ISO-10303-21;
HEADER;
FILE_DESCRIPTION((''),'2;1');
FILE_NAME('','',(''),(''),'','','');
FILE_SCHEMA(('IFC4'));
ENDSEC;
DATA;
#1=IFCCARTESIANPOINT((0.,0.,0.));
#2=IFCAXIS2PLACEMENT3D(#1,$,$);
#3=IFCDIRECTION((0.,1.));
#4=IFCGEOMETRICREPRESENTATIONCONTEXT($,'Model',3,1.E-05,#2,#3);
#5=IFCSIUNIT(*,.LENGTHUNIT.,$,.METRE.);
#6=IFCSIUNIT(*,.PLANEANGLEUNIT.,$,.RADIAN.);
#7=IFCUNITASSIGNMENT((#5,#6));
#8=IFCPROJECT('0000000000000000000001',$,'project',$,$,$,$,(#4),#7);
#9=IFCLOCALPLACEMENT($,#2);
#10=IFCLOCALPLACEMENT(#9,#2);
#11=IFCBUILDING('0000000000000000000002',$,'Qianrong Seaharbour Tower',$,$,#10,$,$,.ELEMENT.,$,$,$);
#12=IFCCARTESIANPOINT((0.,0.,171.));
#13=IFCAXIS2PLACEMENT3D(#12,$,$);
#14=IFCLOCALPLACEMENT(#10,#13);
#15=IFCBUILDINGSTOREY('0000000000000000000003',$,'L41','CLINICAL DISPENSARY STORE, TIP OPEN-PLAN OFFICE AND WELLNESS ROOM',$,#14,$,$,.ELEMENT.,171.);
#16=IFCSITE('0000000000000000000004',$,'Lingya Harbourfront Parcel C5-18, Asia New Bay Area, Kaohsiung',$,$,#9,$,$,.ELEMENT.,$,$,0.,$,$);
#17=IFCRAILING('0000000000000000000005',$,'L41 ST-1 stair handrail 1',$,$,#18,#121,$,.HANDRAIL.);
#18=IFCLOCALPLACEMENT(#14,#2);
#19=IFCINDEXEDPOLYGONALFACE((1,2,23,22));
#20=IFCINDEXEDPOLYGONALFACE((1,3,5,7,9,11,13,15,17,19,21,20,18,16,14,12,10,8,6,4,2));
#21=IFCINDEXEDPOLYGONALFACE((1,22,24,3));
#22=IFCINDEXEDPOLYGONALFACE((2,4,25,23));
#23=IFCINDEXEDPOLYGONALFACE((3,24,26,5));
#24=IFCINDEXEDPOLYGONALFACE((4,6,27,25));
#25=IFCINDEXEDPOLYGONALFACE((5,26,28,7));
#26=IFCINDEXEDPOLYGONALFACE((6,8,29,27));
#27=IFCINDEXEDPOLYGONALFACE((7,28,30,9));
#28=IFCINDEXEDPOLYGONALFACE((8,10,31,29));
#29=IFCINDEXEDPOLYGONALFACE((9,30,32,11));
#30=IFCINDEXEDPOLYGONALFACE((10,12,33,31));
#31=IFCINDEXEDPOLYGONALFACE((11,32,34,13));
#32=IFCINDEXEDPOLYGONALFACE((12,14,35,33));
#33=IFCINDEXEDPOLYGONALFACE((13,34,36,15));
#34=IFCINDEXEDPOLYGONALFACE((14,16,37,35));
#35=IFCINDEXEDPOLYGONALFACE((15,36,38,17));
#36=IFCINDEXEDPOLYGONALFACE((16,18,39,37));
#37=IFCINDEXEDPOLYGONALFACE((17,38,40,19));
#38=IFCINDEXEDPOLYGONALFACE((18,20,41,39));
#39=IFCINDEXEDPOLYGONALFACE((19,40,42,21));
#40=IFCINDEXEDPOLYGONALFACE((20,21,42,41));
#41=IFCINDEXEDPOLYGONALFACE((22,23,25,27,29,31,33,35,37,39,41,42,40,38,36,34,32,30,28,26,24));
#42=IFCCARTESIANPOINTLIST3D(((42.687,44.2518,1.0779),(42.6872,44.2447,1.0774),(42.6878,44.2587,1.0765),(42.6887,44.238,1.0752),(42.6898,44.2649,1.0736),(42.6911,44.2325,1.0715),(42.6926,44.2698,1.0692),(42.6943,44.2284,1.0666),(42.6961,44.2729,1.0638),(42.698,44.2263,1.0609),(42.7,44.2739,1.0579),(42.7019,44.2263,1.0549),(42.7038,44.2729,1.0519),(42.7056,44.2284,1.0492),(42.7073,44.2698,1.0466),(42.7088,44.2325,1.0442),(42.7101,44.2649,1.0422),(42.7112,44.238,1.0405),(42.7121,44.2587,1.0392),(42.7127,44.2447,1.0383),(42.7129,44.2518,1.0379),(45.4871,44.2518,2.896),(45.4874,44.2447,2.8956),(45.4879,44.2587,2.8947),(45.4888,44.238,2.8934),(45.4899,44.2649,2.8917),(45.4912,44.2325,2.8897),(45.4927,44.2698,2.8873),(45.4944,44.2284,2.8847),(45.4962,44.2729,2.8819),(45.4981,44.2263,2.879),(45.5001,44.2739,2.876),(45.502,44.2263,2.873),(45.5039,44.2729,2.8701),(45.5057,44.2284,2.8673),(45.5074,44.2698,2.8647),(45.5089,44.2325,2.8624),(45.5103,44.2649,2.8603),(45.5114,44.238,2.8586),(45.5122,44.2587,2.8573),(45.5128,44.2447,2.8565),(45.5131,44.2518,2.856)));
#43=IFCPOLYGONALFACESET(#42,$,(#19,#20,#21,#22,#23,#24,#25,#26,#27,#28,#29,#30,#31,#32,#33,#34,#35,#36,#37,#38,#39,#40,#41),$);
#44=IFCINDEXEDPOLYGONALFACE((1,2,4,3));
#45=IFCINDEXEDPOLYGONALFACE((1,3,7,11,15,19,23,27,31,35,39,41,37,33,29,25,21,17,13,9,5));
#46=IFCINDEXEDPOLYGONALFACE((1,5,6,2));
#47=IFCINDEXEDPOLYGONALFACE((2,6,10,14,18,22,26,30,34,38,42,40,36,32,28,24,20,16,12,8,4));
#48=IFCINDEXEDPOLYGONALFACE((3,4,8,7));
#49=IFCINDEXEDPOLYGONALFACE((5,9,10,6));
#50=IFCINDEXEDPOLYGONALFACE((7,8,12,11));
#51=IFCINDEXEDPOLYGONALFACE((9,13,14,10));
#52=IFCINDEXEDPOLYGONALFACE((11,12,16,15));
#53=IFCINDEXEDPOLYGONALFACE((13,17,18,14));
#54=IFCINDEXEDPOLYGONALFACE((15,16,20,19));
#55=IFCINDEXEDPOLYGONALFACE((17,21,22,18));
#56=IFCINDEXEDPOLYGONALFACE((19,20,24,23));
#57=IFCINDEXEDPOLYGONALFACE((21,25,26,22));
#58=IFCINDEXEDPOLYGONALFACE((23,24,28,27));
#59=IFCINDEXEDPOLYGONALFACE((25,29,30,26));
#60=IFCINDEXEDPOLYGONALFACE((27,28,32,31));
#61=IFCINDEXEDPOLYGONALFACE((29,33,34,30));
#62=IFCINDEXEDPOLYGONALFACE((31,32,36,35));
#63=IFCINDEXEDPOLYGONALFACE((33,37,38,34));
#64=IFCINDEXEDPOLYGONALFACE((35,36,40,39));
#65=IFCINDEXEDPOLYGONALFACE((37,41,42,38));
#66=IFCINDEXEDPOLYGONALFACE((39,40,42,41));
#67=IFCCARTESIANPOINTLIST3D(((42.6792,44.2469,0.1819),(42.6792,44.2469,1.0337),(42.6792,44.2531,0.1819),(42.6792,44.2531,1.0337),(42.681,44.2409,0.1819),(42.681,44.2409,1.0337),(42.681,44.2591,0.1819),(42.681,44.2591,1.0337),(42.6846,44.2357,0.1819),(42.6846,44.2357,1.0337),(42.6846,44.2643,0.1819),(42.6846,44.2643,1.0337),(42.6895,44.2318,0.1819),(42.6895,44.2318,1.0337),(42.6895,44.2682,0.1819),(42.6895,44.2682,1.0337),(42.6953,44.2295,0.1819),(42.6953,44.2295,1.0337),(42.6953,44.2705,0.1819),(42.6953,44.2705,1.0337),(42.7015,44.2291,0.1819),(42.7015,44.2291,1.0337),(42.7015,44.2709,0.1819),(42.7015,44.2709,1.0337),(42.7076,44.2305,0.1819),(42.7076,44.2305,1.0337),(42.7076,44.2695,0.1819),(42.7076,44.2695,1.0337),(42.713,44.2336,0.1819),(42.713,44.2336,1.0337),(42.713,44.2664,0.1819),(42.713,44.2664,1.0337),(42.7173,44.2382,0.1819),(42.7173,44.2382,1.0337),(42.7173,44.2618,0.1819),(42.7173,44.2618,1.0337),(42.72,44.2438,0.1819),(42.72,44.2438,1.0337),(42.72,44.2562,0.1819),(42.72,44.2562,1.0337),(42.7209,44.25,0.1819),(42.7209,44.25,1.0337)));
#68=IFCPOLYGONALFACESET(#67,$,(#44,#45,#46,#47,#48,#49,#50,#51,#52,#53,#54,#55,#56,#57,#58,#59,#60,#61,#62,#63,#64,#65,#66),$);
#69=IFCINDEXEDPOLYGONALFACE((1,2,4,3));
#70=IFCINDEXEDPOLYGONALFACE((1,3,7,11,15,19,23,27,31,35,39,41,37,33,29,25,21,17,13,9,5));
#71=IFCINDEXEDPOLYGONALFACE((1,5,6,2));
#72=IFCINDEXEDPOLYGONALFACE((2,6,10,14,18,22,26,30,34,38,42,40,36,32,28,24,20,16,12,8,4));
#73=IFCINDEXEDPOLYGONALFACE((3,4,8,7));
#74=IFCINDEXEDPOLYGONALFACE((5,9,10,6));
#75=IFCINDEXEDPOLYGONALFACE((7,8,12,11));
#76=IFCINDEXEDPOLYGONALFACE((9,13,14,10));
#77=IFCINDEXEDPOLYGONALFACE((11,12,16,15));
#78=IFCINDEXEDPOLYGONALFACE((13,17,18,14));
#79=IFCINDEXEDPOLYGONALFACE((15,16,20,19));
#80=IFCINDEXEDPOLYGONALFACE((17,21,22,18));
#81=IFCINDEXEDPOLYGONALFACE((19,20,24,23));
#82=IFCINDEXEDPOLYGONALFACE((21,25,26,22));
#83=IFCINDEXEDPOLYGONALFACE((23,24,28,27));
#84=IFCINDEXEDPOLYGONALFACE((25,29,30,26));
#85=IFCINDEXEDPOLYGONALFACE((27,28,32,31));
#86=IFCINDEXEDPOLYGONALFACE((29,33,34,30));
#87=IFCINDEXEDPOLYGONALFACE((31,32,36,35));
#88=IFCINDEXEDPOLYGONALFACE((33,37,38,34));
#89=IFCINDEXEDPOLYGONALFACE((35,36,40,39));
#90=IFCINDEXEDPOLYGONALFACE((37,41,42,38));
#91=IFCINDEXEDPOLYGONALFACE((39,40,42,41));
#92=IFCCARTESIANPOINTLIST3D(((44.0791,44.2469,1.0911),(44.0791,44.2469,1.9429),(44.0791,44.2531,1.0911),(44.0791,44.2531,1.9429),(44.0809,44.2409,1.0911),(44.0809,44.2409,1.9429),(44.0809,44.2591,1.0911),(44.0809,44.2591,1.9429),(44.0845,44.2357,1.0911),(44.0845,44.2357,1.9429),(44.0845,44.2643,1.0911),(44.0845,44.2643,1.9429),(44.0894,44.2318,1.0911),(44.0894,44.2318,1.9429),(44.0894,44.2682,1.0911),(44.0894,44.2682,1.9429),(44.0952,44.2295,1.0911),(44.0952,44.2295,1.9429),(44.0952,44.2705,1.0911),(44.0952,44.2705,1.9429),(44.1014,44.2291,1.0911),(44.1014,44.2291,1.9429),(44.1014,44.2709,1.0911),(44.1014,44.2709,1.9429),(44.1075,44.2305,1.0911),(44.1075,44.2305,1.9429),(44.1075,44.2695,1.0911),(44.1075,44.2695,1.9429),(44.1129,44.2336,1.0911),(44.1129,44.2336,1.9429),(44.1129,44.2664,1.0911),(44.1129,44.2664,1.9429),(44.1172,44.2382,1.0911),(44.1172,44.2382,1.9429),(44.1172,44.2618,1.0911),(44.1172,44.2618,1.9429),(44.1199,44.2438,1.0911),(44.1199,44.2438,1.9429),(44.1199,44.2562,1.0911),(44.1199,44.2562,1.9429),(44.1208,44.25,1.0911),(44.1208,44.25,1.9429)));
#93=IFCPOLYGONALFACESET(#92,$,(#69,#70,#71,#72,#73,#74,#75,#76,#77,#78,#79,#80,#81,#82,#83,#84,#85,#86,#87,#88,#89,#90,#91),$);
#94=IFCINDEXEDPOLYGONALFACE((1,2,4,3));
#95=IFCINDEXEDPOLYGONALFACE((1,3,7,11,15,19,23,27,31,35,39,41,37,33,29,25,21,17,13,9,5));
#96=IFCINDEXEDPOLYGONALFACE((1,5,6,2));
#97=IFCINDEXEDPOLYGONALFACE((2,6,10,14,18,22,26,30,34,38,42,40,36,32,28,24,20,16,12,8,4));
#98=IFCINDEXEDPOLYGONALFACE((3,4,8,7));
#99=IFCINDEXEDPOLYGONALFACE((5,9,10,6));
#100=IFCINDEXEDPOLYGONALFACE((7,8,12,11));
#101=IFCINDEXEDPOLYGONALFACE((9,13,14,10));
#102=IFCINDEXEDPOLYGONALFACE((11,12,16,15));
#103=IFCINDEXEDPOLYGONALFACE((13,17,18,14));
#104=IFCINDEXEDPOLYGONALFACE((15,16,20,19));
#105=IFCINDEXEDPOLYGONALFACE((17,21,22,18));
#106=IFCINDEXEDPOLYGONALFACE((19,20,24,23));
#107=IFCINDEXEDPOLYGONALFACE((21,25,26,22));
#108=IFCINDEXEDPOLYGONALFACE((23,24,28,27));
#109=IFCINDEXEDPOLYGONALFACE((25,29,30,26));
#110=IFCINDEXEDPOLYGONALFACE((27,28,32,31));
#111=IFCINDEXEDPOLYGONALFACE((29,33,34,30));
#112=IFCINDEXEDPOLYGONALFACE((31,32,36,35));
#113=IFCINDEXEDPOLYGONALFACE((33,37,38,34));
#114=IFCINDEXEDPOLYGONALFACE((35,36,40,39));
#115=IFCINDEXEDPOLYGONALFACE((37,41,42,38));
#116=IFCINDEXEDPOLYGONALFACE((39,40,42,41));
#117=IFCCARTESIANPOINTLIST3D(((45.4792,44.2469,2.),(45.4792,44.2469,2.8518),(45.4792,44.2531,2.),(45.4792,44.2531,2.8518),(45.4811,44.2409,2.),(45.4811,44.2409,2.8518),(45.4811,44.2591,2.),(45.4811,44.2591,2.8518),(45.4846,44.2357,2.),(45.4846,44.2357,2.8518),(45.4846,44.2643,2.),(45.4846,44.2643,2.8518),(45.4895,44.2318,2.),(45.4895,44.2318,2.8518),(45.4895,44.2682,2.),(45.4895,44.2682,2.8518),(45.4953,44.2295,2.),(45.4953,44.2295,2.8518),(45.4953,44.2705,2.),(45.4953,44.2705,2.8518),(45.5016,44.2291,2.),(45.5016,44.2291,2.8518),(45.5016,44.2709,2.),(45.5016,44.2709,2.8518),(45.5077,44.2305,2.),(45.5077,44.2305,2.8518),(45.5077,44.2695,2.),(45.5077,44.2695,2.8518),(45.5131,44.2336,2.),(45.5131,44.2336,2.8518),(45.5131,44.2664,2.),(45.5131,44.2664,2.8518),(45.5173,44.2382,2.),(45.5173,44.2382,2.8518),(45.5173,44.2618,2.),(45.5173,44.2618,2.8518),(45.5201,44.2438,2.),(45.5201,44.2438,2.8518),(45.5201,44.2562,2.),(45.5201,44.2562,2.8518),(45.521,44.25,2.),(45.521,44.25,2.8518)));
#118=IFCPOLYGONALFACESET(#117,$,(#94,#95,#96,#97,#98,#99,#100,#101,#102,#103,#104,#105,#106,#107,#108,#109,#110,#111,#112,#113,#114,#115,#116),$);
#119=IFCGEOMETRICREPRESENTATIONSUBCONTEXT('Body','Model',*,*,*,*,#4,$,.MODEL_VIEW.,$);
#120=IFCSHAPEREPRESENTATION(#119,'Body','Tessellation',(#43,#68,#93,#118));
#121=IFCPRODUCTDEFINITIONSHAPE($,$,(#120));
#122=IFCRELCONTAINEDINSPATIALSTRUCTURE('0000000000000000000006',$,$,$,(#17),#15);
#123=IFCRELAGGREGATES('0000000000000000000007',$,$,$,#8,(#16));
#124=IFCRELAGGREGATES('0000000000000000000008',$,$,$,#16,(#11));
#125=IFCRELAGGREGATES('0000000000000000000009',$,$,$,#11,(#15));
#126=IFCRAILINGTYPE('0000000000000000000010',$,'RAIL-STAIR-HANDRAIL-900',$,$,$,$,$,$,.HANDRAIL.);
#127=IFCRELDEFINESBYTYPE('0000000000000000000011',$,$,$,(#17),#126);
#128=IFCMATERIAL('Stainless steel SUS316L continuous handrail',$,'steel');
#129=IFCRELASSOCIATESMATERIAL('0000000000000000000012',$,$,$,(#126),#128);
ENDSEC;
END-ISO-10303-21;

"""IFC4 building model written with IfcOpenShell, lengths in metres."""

from ifc_helpers import new_model, si_unit, direction, frame, origin, origin_2d, place, context, subcontext, project, spatial, circle, extrude, material, type_object, element, save


model = new_model("IFC4")

# Units and contexts
model_context = context("Model", 3, precision=1e-05, world=origin(), true_north=direction((0.0, 1.0)))
body_context = subcontext(model_context, "Body", "Model", "MODEL_VIEW")
ifc_project = project(units=[si_unit("LENGTHUNIT", "METRE"), si_unit("PLANEANGLEUNIT", "RADIAN")], contexts=[model_context])

# Site, building, storey
site_placement = place(None, origin())
site = spatial("IfcSite", under=ifc_project, at=site_placement, Name="Lingya Harbourfront Parcel C5-18, Asia New Bay Area, Kaohsiung", CompositionType="ELEMENT", RefElevation=0.0)
building_placement = place(site_placement, origin())
building = spatial("IfcBuilding", under=site, at=building_placement, Name="Qianrong Seaharbour Tower", CompositionType="ELEMENT")
storey_placement = place(building_placement, frame((0.0, 0.0, 171.0)))
storey = spatial("IfcBuildingStorey", under=building, at=storey_placement, Name="L41", Description="CLINICAL DISPENSARY STORE, TIP OPEN-PLAN OFFICE AND WELLNESS ROOM", CompositionType="ELEMENT", Elevation=171.0)

# Railing
ifc_material_1 = material(Name="Stainless steel SUS316L continuous handrail", Category="steel")
railing_type_1 = type_object("IfcRailingType", Name="RAIL-STAIR-HANDRAIL-900", PredefinedType="HANDRAIL", material=ifc_material_1)
railing_1_placement = place(storey_placement, frame((42.7, 44.25, 0.1819)))
element("IfcRailing", 1, at=railing_1_placement, inside=storey, type_object=railing_type_1, Name="L41 ST-1 stair handrail 1", PredefinedType="HANDRAIL", context=body_context, shape_type="SweptSolid", body=[
    extrude(circle(Radius=0.0239, at=origin_2d()), frame((0.0, 0.0, 0.876), z_axis=(0.838706, 0.0, 0.544585), x_axis=(0.0, 1.0, 0.0)), (0.0, 0.0, 1.0), 3.3386),
    extrude(circle(Radius=0.021, at=origin_2d()), origin(), (0.0, 0.0, 1.0), 0.8518),
    extrude(circle(Radius=0.021, at=origin_2d()), frame((1.3999, 0.0, 0.9092)), (0.0, 0.0, 1.0), 0.8518),
    extrude(circle(Radius=0.021, at=origin_2d()), frame((2.8, 0.0, 1.8181)), (0.0, 0.0, 1.0), 0.8518),
])

save(model, "model.ifc")
